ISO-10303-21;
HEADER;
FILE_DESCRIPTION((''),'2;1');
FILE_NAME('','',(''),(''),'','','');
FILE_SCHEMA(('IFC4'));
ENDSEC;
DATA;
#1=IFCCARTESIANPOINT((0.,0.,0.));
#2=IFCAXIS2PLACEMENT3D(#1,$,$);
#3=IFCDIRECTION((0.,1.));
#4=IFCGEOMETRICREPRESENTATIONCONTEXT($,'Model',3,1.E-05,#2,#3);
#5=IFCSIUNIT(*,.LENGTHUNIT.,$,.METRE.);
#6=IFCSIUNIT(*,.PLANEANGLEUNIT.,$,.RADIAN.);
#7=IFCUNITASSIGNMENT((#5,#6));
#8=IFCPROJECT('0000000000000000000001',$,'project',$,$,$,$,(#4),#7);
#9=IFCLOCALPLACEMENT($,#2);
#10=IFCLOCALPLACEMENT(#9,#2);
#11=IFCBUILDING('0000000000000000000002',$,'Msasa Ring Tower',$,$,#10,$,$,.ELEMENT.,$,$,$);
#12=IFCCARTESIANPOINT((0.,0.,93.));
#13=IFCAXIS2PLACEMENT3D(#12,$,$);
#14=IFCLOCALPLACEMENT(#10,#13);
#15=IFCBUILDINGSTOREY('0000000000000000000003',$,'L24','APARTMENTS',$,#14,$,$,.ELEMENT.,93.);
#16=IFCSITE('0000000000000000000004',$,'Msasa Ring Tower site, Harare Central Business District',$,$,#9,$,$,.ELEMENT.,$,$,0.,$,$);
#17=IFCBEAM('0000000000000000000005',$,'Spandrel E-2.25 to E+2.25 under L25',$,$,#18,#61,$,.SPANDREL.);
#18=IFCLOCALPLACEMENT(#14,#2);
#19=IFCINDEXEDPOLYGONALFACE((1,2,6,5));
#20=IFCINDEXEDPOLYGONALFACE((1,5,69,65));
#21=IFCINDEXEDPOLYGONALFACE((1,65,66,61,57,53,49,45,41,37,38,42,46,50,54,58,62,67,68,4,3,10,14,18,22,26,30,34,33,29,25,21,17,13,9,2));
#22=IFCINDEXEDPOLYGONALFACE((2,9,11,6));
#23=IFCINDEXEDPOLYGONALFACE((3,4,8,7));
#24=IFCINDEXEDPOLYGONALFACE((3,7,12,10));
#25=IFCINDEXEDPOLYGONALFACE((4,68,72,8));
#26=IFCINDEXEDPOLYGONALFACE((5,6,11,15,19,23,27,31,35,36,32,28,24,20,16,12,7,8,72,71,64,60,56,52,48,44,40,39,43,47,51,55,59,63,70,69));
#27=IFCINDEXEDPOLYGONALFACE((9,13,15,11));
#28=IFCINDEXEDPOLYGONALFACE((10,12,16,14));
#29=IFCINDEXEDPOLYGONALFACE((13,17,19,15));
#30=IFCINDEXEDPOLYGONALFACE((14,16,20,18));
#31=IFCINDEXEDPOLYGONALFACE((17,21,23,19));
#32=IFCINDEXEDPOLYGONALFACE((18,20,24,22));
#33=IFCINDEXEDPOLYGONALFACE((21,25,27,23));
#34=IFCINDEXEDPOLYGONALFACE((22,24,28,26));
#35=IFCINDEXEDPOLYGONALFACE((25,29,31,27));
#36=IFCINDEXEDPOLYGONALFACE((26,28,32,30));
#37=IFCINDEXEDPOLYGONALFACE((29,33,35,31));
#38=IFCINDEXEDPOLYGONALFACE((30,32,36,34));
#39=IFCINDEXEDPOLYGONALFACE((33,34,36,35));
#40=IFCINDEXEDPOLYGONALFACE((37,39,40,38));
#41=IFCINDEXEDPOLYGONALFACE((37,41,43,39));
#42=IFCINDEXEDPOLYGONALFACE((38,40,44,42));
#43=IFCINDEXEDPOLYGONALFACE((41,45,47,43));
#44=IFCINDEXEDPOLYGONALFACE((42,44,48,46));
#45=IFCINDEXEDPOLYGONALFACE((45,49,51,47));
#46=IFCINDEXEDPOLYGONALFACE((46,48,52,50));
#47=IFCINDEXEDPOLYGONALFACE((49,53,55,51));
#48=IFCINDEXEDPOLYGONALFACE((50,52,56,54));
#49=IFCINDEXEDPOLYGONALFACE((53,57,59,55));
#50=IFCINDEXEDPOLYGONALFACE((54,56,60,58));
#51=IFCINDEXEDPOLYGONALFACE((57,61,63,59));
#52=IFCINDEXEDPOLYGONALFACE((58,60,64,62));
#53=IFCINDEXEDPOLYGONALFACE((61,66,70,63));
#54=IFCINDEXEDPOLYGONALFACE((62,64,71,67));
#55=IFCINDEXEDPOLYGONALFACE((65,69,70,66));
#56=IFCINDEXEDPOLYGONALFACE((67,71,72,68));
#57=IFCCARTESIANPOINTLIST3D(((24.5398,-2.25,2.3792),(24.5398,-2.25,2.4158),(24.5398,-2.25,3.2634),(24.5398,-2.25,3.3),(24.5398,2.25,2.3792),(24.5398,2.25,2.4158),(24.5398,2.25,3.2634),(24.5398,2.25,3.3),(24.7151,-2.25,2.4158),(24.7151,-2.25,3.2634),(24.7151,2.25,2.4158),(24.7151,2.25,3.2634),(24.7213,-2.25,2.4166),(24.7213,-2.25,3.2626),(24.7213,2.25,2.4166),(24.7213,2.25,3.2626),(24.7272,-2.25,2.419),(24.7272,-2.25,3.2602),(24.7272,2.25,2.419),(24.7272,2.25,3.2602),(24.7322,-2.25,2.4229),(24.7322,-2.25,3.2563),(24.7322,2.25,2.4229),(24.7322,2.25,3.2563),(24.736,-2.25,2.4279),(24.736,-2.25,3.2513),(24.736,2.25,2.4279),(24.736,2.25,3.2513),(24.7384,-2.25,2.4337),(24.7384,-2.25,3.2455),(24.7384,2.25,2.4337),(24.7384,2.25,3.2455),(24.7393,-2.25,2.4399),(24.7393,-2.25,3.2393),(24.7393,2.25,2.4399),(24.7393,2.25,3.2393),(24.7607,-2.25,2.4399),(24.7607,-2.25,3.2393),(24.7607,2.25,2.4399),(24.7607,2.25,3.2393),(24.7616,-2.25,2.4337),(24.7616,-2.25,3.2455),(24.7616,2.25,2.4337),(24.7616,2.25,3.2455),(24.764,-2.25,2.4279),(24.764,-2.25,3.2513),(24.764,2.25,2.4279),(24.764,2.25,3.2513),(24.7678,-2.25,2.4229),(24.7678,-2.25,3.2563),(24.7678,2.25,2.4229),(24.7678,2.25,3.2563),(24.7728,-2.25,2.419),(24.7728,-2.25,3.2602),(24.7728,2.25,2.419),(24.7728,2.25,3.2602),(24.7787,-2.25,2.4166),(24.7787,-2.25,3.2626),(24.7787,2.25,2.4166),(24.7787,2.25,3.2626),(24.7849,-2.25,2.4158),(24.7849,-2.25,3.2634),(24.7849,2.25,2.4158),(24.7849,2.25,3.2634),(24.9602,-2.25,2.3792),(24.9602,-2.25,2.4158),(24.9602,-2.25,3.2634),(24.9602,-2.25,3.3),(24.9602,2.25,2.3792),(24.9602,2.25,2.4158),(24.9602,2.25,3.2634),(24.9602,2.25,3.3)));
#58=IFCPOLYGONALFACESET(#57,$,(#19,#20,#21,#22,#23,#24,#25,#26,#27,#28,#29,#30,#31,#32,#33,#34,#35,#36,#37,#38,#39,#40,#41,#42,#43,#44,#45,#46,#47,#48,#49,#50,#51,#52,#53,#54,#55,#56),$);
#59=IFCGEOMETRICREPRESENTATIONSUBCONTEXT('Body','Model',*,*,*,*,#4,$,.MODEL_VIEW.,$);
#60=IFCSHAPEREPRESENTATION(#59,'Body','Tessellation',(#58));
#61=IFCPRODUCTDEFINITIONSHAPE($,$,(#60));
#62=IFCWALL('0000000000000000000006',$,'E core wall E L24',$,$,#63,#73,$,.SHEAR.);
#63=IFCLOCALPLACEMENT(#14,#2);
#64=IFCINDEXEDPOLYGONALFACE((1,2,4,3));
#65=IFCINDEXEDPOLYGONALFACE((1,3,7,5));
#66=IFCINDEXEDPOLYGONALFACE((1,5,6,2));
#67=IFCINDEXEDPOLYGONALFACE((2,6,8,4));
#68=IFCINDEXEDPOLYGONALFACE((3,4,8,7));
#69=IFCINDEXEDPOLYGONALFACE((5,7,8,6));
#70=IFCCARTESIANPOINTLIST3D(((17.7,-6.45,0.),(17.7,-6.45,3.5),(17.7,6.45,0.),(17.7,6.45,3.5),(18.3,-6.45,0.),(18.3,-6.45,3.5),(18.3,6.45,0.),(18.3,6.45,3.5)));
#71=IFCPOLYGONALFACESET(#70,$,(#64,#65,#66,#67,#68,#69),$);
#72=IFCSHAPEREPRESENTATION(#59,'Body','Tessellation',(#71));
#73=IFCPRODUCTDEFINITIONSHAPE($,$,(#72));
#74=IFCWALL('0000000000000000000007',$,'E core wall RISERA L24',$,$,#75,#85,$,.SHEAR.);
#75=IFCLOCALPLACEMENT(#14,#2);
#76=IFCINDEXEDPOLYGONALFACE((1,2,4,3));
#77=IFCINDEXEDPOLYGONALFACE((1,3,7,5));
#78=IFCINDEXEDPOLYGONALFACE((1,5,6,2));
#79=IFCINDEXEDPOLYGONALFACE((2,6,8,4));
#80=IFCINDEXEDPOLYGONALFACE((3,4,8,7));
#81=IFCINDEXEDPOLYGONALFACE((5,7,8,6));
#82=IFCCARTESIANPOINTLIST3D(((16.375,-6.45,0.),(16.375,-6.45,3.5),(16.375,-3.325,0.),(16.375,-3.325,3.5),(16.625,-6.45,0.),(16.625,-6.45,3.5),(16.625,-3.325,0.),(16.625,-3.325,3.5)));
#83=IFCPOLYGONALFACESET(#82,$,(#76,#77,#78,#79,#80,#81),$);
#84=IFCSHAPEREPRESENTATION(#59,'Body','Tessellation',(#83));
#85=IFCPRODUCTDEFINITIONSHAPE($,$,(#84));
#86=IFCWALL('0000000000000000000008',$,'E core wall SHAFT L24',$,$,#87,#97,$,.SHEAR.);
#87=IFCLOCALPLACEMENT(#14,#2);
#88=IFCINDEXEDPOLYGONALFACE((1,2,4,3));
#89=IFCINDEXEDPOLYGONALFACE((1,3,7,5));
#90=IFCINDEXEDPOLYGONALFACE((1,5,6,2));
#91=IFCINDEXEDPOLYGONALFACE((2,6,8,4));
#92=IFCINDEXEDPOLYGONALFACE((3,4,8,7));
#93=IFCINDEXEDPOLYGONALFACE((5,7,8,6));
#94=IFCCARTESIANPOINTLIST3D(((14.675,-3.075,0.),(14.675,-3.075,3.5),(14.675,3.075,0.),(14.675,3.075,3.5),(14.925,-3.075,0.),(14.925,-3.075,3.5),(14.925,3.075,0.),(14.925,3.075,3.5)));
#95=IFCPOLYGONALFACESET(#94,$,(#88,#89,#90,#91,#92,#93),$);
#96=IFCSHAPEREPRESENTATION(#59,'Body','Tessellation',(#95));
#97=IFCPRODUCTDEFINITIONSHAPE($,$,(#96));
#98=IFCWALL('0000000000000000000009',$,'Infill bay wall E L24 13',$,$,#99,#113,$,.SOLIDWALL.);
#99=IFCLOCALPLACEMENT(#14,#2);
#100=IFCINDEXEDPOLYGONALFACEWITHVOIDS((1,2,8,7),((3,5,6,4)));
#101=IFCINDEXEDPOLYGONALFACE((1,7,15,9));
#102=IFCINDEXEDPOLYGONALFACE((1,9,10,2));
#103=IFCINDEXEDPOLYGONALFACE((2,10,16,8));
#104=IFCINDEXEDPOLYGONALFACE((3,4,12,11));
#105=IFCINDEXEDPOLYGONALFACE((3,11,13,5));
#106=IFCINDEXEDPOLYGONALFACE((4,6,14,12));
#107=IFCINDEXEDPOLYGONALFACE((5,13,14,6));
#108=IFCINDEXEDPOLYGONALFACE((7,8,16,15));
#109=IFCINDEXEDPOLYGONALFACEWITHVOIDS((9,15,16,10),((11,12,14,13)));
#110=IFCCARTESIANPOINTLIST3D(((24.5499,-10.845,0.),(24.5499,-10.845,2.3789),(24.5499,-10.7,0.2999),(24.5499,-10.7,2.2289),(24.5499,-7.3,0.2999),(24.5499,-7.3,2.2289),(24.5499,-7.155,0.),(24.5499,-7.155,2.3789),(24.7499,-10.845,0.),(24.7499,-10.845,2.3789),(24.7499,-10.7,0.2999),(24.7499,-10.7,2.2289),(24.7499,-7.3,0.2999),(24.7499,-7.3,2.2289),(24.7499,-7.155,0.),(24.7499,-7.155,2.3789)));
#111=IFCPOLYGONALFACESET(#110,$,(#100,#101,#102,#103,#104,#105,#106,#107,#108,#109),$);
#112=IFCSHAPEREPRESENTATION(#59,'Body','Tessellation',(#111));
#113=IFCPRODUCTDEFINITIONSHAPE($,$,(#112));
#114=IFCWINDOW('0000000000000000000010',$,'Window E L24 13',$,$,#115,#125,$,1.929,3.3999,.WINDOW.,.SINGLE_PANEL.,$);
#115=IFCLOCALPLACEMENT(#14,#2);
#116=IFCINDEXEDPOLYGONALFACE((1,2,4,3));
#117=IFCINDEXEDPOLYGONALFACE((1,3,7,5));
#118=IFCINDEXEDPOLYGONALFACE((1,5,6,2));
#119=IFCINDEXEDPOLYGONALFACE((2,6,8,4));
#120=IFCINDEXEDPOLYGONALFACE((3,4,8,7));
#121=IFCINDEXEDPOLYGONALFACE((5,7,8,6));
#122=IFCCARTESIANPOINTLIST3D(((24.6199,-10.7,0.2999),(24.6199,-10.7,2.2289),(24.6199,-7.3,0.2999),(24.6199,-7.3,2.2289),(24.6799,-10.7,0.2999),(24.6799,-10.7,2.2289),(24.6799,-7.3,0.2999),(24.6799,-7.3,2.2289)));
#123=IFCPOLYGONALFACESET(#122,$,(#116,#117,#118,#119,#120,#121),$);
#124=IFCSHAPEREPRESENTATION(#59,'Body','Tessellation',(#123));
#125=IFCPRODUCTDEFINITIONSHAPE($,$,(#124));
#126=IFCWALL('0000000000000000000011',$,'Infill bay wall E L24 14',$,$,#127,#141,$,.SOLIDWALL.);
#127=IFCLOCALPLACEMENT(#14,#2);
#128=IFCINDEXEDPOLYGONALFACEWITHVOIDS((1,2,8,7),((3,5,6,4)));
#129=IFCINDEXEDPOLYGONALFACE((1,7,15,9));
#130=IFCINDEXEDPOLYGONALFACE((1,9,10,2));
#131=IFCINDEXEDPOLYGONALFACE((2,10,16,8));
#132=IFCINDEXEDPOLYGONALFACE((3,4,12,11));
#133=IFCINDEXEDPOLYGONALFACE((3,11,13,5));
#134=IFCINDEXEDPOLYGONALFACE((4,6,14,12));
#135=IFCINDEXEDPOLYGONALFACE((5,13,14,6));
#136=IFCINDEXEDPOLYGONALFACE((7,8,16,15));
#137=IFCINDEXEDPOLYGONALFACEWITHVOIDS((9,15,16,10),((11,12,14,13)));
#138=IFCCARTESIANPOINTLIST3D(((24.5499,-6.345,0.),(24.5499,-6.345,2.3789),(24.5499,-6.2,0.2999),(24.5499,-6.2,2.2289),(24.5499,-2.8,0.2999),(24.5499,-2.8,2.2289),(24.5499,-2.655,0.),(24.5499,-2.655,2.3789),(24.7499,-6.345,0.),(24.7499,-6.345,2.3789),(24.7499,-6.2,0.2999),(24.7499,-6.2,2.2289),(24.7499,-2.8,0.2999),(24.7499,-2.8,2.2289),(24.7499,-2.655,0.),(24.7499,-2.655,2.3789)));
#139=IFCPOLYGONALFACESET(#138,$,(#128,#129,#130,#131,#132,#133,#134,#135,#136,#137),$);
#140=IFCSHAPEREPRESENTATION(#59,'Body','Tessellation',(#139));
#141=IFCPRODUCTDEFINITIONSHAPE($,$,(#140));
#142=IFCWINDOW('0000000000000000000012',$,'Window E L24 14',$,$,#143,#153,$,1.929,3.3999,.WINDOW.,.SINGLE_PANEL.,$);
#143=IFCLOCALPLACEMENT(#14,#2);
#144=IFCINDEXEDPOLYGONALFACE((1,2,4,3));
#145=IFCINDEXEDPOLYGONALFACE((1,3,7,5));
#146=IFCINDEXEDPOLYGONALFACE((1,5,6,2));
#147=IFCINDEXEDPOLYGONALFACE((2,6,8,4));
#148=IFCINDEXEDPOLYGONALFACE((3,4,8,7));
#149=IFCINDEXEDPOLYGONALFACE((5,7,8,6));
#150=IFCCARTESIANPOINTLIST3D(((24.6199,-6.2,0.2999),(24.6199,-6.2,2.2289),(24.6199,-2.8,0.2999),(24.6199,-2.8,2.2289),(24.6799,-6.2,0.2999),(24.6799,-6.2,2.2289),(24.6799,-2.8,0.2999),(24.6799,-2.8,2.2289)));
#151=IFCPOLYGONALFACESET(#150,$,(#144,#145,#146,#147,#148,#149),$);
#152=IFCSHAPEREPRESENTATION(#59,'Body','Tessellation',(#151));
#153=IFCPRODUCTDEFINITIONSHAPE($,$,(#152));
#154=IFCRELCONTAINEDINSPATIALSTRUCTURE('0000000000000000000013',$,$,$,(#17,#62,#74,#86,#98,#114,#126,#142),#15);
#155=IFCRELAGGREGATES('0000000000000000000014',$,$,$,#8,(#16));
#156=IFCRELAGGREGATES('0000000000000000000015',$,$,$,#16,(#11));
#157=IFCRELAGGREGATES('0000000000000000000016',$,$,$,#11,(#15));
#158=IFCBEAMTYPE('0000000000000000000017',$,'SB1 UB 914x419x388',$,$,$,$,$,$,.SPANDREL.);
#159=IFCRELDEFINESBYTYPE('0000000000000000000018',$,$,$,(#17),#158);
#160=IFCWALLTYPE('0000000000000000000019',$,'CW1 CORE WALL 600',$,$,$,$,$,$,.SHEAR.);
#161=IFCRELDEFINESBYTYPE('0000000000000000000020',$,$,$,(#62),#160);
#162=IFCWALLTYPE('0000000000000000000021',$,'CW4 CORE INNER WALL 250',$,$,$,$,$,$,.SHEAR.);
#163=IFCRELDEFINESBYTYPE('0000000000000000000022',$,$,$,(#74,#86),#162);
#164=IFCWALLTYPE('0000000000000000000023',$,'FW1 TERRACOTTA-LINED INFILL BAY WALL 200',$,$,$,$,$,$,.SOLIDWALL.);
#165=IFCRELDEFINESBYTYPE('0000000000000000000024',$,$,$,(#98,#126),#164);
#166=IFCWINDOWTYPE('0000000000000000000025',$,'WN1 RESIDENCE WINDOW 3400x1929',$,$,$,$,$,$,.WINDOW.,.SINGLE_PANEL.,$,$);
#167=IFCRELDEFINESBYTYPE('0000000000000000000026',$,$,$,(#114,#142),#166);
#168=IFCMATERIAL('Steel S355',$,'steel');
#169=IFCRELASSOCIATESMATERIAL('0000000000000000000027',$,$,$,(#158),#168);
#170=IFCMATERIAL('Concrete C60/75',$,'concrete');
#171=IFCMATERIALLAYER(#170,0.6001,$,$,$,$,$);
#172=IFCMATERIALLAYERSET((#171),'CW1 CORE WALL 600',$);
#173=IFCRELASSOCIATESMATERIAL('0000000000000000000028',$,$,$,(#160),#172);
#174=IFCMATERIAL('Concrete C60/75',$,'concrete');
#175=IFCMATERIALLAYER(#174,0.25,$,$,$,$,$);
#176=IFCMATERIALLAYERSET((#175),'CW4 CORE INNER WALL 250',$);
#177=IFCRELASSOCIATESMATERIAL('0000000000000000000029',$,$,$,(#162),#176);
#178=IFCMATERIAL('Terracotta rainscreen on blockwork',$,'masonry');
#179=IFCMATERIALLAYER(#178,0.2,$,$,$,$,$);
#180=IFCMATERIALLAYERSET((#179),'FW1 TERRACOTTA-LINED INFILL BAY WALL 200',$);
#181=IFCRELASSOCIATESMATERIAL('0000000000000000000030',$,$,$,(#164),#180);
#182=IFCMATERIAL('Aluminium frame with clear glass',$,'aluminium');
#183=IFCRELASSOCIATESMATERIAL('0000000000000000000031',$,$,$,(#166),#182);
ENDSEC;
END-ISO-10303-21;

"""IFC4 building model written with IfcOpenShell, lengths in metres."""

from ifc_helpers import new_model, si_unit, direction, frame, frame_2d, origin, origin_2d, place, context, subcontext, project, spatial, rectangle, i_section, extrude, material, layer, layer_set, material_profile, profile_set, type_object, element, fill, save


model = new_model("IFC4")

# Units and contexts
model_context = context("Model", 3, precision=1e-05, world=origin(), true_north=direction((0.0, 1.0)))
body_context = subcontext(model_context, "Body", "Model", "MODEL_VIEW")
ifc_project = project(units=[si_unit("LENGTHUNIT", "METRE"), si_unit("PLANEANGLEUNIT", "RADIAN")], contexts=[model_context])

# Site, building, storey
site_placement = place(None, origin())
site = spatial("IfcSite", under=ifc_project, at=site_placement, Name="Msasa Ring Tower site, Harare Central Business District", CompositionType="ELEMENT", RefElevation=0.0)
building_placement = place(site_placement, origin())
building = spatial("IfcBuilding", under=site, at=building_placement, Name="Msasa Ring Tower", CompositionType="ELEMENT")
storey_placement = place(building_placement, frame((0.0, 0.0, 93.0)))
storey = spatial("IfcBuildingStorey", under=building, at=storey_placement, Name="L24", Description="APARTMENTS", CompositionType="ELEMENT", Elevation=93.0)

# Beam
ifc_material_1 = material(Name="Steel S355", Category="steel")
ifc_material_profile_1 = material_profile(ifc_material_1, i_section(OverallWidth=0.4204, OverallDepth=0.9209, WebThickness=0.0215, FlangeThickness=0.0366, FilletRadius=0.0242, at=origin_2d()), Name="UB 914x419x388")
ifc_profile_set_1 = profile_set([ifc_material_profile_1], Name="Steel S355")
beam_type_1 = type_object("IfcBeamType", Name="SB1 UB 914x419x388", PredefinedType="SPANDREL", material=ifc_profile_set_1)
for number, where, z_axis, x_axis, name in (
    (1, (24.75, -2.25, 2.8396), (0.0, 1.0, 0.0), (-1.0, 0.0, 0.0), "Spandrel E-2.25 to E+2.25 under L25"),
):
    element("IfcBeam", number, at=place(storey_placement, frame(where, z_axis=z_axis, x_axis=x_axis)), inside=storey, type_object=beam_type_1, Name=name, PredefinedType="SPANDREL", context=body_context, shape_type="SweptSolid", body=[
        extrude(i_section(OverallWidth=0.4204, OverallDepth=0.9209, WebThickness=0.0215, FlangeThickness=0.0366, FilletRadius=0.0242, at=origin_2d()), origin(), (0.0, 0.0, 1.0), 4.5),
    ])

# Walls
ifc_material_2 = material(Name="Concrete C60/75", Category="concrete")
ifc_layer_1 = layer(ifc_material_2, 0.6001)
ifc_layer_set_1 = layer_set([ifc_layer_1], Name="CW1 CORE WALL 600")
wall_type_1 = type_object("IfcWallType", Name="CW1 CORE WALL 600", PredefinedType="SHEAR", material=ifc_layer_set_1)
wall_1_placement = place(storey_placement, frame((18.0, -6.45, 0.0), z_axis=(0.0, 0.0, 1.0), x_axis=(0.0, 1.0, 0.0)))
element("IfcWall", 2, at=wall_1_placement, inside=storey, type_object=wall_type_1, Name="E core wall E L24", PredefinedType="SHEAR", context=body_context, shape_type="SweptSolid", body=[
    extrude(rectangle(XDim=12.8999, YDim=0.6001, at=frame_2d((6.45, 0.0))), origin(), (0.0, 0.0, 1.0), 3.5),
])
ifc_material_3 = material(Name="Concrete C60/75", Category="concrete")
ifc_layer_2 = layer(ifc_material_3, 0.25)
ifc_layer_set_2 = layer_set([ifc_layer_2], Name="CW4 CORE INNER WALL 250")
wall_type_2 = type_object("IfcWallType", Name="CW4 CORE INNER WALL 250", PredefinedType="SHEAR", material=ifc_layer_set_2)
wall_2_placement = place(storey_placement, frame((16.5, -6.45, 0.0), z_axis=(0.0, 0.0, 1.0), x_axis=(0.0, 1.0, 0.0)))
element("IfcWall", 3, at=wall_2_placement, inside=storey, type_object=wall_type_2, Name="E core wall RISERA L24", PredefinedType="SHEAR", context=body_context, shape_type="SweptSolid", body=[
    extrude(rectangle(XDim=3.125, YDim=0.25, at=frame_2d((1.5625, 0.0))), origin(), (0.0, 0.0, 1.0), 3.5),
])
wall_3_placement = place(storey_placement, frame((14.8, -3.075, 0.0), z_axis=(0.0, 0.0, 1.0), x_axis=(0.0, 1.0, 0.0)))
element("IfcWall", 4, at=wall_3_placement, inside=storey, type_object=wall_type_2, Name="E core wall SHAFT L24", PredefinedType="SHEAR", context=body_context, shape_type="SweptSolid", body=[
    extrude(rectangle(XDim=6.1499, YDim=0.25, at=frame_2d((3.075, 0.0))), origin(), (0.0, 0.0, 1.0), 3.5),
])

# Walls, openings, windows
ifc_material_4 = material(Name="Terracotta rainscreen on blockwork", Category="masonry")
ifc_layer_3 = layer(ifc_material_4, 0.2)
ifc_layer_set_3 = layer_set([ifc_layer_3], Name="FW1 TERRACOTTA-LINED INFILL BAY WALL 200")
wall_type_3 = type_object("IfcWallType", Name="FW1 TERRACOTTA-LINED INFILL BAY WALL 200", PredefinedType="SOLIDWALL", material=ifc_layer_set_3)
wall_4_placement = place(storey_placement, frame((24.6499, -10.845, 0.0), z_axis=(0.0, 0.0, 1.0), x_axis=(0.0, 1.0, 0.0)))
wall_4 = element("IfcWall", 5, at=wall_4_placement, inside=storey, type_object=wall_type_3, Name="Infill bay wall E L24 13", PredefinedType="SOLIDWALL", context=body_context, shape_type="SweptSolid", body=[
    extrude(rectangle(XDim=3.6899, YDim=0.2, at=frame_2d((1.845, 0.0))), origin(), (0.0, 0.0, 1.0), 2.3789),
])
opening_1_placement = place(wall_4_placement, frame((0.145, 0.0, 0.3)))
opening_1 = element("IfcOpeningElement", 6, at=opening_1_placement, cuts=wall_4, PredefinedType="OPENING", context=body_context, shape_type="SweptSolid", body=[
    extrude(rectangle(XDim=3.3999, YDim=1.929, at=frame_2d((1.7, 0.9644))), frame((0.0, 0.1099, 0.0), z_axis=(0.0, -1.0, 0.0), x_axis=(1.0, 0.0, 0.0)), (0.0, 0.0, 1.0), 0.22),
])
ifc_material_5 = material(Name="Aluminium frame with clear glass", Category="aluminium")
window_type = type_object("IfcWindowType", Name="WN1 RESIDENCE WINDOW 3400x1929", PartitioningType="SINGLE_PANEL", PredefinedType="WINDOW", material=ifc_material_5)
window_1_placement = place(opening_1_placement, origin())
window_1 = element("IfcWindow", 7, at=window_1_placement, inside=storey, type_object=window_type, Name="Window E L24 13", OverallHeight=1.929, OverallWidth=3.3999, PartitioningType="SINGLE_PANEL", PredefinedType="WINDOW", context=body_context, shape_type="SweptSolid", body=[
    extrude(rectangle(XDim=3.3999, YDim=1.929, at=frame_2d((1.7, 0.9644))), frame((0.0, 0.03, 0.0), z_axis=(0.0, -1.0, 0.0), x_axis=(1.0, 0.0, 0.0)), (0.0, 0.0, 1.0), 0.0601),
])
fill(opening_1, window_1)
wall_5_placement = place(storey_placement, frame((24.6499, -6.345, 0.0), z_axis=(0.0, 0.0, 1.0), x_axis=(0.0, 1.0, 0.0)))
wall_5 = element("IfcWall", 8, at=wall_5_placement, inside=storey, type_object=wall_type_3, Name="Infill bay wall E L24 14", PredefinedType="SOLIDWALL", context=body_context, shape_type="SweptSolid", body=[
    extrude(rectangle(XDim=3.6899, YDim=0.2, at=frame_2d((1.845, 0.0))), origin(), (0.0, 0.0, 1.0), 2.3789),
])
opening_2_placement = place(wall_5_placement, frame((0.145, 0.0, 0.3)))
opening_2 = element("IfcOpeningElement", 9, at=opening_2_placement, cuts=wall_5, PredefinedType="OPENING", context=body_context, shape_type="SweptSolid", body=[
    extrude(rectangle(XDim=3.3999, YDim=1.929, at=frame_2d((1.7, 0.9644))), frame((0.0, 0.1099, 0.0), z_axis=(0.0, -1.0, 0.0), x_axis=(1.0, 0.0, 0.0)), (0.0, 0.0, 1.0), 0.22),
])
window_2_placement = place(opening_2_placement, origin())
window_2 = element("IfcWindow", 10, at=window_2_placement, inside=storey, type_object=window_type, Name="Window E L24 14", OverallHeight=1.929, OverallWidth=3.3999, PartitioningType="SINGLE_PANEL", PredefinedType="WINDOW", context=body_context, shape_type="SweptSolid", body=[
    extrude(rectangle(XDim=3.3999, YDim=1.929, at=frame_2d((1.7, 0.9644))), frame((0.0, 0.03, 0.0), z_axis=(0.0, -1.0, 0.0), x_axis=(1.0, 0.0, 0.0)), (0.0, 0.0, 1.0), 0.0601),
])
fill(opening_2, window_2)

save(model, "model.ifc")
